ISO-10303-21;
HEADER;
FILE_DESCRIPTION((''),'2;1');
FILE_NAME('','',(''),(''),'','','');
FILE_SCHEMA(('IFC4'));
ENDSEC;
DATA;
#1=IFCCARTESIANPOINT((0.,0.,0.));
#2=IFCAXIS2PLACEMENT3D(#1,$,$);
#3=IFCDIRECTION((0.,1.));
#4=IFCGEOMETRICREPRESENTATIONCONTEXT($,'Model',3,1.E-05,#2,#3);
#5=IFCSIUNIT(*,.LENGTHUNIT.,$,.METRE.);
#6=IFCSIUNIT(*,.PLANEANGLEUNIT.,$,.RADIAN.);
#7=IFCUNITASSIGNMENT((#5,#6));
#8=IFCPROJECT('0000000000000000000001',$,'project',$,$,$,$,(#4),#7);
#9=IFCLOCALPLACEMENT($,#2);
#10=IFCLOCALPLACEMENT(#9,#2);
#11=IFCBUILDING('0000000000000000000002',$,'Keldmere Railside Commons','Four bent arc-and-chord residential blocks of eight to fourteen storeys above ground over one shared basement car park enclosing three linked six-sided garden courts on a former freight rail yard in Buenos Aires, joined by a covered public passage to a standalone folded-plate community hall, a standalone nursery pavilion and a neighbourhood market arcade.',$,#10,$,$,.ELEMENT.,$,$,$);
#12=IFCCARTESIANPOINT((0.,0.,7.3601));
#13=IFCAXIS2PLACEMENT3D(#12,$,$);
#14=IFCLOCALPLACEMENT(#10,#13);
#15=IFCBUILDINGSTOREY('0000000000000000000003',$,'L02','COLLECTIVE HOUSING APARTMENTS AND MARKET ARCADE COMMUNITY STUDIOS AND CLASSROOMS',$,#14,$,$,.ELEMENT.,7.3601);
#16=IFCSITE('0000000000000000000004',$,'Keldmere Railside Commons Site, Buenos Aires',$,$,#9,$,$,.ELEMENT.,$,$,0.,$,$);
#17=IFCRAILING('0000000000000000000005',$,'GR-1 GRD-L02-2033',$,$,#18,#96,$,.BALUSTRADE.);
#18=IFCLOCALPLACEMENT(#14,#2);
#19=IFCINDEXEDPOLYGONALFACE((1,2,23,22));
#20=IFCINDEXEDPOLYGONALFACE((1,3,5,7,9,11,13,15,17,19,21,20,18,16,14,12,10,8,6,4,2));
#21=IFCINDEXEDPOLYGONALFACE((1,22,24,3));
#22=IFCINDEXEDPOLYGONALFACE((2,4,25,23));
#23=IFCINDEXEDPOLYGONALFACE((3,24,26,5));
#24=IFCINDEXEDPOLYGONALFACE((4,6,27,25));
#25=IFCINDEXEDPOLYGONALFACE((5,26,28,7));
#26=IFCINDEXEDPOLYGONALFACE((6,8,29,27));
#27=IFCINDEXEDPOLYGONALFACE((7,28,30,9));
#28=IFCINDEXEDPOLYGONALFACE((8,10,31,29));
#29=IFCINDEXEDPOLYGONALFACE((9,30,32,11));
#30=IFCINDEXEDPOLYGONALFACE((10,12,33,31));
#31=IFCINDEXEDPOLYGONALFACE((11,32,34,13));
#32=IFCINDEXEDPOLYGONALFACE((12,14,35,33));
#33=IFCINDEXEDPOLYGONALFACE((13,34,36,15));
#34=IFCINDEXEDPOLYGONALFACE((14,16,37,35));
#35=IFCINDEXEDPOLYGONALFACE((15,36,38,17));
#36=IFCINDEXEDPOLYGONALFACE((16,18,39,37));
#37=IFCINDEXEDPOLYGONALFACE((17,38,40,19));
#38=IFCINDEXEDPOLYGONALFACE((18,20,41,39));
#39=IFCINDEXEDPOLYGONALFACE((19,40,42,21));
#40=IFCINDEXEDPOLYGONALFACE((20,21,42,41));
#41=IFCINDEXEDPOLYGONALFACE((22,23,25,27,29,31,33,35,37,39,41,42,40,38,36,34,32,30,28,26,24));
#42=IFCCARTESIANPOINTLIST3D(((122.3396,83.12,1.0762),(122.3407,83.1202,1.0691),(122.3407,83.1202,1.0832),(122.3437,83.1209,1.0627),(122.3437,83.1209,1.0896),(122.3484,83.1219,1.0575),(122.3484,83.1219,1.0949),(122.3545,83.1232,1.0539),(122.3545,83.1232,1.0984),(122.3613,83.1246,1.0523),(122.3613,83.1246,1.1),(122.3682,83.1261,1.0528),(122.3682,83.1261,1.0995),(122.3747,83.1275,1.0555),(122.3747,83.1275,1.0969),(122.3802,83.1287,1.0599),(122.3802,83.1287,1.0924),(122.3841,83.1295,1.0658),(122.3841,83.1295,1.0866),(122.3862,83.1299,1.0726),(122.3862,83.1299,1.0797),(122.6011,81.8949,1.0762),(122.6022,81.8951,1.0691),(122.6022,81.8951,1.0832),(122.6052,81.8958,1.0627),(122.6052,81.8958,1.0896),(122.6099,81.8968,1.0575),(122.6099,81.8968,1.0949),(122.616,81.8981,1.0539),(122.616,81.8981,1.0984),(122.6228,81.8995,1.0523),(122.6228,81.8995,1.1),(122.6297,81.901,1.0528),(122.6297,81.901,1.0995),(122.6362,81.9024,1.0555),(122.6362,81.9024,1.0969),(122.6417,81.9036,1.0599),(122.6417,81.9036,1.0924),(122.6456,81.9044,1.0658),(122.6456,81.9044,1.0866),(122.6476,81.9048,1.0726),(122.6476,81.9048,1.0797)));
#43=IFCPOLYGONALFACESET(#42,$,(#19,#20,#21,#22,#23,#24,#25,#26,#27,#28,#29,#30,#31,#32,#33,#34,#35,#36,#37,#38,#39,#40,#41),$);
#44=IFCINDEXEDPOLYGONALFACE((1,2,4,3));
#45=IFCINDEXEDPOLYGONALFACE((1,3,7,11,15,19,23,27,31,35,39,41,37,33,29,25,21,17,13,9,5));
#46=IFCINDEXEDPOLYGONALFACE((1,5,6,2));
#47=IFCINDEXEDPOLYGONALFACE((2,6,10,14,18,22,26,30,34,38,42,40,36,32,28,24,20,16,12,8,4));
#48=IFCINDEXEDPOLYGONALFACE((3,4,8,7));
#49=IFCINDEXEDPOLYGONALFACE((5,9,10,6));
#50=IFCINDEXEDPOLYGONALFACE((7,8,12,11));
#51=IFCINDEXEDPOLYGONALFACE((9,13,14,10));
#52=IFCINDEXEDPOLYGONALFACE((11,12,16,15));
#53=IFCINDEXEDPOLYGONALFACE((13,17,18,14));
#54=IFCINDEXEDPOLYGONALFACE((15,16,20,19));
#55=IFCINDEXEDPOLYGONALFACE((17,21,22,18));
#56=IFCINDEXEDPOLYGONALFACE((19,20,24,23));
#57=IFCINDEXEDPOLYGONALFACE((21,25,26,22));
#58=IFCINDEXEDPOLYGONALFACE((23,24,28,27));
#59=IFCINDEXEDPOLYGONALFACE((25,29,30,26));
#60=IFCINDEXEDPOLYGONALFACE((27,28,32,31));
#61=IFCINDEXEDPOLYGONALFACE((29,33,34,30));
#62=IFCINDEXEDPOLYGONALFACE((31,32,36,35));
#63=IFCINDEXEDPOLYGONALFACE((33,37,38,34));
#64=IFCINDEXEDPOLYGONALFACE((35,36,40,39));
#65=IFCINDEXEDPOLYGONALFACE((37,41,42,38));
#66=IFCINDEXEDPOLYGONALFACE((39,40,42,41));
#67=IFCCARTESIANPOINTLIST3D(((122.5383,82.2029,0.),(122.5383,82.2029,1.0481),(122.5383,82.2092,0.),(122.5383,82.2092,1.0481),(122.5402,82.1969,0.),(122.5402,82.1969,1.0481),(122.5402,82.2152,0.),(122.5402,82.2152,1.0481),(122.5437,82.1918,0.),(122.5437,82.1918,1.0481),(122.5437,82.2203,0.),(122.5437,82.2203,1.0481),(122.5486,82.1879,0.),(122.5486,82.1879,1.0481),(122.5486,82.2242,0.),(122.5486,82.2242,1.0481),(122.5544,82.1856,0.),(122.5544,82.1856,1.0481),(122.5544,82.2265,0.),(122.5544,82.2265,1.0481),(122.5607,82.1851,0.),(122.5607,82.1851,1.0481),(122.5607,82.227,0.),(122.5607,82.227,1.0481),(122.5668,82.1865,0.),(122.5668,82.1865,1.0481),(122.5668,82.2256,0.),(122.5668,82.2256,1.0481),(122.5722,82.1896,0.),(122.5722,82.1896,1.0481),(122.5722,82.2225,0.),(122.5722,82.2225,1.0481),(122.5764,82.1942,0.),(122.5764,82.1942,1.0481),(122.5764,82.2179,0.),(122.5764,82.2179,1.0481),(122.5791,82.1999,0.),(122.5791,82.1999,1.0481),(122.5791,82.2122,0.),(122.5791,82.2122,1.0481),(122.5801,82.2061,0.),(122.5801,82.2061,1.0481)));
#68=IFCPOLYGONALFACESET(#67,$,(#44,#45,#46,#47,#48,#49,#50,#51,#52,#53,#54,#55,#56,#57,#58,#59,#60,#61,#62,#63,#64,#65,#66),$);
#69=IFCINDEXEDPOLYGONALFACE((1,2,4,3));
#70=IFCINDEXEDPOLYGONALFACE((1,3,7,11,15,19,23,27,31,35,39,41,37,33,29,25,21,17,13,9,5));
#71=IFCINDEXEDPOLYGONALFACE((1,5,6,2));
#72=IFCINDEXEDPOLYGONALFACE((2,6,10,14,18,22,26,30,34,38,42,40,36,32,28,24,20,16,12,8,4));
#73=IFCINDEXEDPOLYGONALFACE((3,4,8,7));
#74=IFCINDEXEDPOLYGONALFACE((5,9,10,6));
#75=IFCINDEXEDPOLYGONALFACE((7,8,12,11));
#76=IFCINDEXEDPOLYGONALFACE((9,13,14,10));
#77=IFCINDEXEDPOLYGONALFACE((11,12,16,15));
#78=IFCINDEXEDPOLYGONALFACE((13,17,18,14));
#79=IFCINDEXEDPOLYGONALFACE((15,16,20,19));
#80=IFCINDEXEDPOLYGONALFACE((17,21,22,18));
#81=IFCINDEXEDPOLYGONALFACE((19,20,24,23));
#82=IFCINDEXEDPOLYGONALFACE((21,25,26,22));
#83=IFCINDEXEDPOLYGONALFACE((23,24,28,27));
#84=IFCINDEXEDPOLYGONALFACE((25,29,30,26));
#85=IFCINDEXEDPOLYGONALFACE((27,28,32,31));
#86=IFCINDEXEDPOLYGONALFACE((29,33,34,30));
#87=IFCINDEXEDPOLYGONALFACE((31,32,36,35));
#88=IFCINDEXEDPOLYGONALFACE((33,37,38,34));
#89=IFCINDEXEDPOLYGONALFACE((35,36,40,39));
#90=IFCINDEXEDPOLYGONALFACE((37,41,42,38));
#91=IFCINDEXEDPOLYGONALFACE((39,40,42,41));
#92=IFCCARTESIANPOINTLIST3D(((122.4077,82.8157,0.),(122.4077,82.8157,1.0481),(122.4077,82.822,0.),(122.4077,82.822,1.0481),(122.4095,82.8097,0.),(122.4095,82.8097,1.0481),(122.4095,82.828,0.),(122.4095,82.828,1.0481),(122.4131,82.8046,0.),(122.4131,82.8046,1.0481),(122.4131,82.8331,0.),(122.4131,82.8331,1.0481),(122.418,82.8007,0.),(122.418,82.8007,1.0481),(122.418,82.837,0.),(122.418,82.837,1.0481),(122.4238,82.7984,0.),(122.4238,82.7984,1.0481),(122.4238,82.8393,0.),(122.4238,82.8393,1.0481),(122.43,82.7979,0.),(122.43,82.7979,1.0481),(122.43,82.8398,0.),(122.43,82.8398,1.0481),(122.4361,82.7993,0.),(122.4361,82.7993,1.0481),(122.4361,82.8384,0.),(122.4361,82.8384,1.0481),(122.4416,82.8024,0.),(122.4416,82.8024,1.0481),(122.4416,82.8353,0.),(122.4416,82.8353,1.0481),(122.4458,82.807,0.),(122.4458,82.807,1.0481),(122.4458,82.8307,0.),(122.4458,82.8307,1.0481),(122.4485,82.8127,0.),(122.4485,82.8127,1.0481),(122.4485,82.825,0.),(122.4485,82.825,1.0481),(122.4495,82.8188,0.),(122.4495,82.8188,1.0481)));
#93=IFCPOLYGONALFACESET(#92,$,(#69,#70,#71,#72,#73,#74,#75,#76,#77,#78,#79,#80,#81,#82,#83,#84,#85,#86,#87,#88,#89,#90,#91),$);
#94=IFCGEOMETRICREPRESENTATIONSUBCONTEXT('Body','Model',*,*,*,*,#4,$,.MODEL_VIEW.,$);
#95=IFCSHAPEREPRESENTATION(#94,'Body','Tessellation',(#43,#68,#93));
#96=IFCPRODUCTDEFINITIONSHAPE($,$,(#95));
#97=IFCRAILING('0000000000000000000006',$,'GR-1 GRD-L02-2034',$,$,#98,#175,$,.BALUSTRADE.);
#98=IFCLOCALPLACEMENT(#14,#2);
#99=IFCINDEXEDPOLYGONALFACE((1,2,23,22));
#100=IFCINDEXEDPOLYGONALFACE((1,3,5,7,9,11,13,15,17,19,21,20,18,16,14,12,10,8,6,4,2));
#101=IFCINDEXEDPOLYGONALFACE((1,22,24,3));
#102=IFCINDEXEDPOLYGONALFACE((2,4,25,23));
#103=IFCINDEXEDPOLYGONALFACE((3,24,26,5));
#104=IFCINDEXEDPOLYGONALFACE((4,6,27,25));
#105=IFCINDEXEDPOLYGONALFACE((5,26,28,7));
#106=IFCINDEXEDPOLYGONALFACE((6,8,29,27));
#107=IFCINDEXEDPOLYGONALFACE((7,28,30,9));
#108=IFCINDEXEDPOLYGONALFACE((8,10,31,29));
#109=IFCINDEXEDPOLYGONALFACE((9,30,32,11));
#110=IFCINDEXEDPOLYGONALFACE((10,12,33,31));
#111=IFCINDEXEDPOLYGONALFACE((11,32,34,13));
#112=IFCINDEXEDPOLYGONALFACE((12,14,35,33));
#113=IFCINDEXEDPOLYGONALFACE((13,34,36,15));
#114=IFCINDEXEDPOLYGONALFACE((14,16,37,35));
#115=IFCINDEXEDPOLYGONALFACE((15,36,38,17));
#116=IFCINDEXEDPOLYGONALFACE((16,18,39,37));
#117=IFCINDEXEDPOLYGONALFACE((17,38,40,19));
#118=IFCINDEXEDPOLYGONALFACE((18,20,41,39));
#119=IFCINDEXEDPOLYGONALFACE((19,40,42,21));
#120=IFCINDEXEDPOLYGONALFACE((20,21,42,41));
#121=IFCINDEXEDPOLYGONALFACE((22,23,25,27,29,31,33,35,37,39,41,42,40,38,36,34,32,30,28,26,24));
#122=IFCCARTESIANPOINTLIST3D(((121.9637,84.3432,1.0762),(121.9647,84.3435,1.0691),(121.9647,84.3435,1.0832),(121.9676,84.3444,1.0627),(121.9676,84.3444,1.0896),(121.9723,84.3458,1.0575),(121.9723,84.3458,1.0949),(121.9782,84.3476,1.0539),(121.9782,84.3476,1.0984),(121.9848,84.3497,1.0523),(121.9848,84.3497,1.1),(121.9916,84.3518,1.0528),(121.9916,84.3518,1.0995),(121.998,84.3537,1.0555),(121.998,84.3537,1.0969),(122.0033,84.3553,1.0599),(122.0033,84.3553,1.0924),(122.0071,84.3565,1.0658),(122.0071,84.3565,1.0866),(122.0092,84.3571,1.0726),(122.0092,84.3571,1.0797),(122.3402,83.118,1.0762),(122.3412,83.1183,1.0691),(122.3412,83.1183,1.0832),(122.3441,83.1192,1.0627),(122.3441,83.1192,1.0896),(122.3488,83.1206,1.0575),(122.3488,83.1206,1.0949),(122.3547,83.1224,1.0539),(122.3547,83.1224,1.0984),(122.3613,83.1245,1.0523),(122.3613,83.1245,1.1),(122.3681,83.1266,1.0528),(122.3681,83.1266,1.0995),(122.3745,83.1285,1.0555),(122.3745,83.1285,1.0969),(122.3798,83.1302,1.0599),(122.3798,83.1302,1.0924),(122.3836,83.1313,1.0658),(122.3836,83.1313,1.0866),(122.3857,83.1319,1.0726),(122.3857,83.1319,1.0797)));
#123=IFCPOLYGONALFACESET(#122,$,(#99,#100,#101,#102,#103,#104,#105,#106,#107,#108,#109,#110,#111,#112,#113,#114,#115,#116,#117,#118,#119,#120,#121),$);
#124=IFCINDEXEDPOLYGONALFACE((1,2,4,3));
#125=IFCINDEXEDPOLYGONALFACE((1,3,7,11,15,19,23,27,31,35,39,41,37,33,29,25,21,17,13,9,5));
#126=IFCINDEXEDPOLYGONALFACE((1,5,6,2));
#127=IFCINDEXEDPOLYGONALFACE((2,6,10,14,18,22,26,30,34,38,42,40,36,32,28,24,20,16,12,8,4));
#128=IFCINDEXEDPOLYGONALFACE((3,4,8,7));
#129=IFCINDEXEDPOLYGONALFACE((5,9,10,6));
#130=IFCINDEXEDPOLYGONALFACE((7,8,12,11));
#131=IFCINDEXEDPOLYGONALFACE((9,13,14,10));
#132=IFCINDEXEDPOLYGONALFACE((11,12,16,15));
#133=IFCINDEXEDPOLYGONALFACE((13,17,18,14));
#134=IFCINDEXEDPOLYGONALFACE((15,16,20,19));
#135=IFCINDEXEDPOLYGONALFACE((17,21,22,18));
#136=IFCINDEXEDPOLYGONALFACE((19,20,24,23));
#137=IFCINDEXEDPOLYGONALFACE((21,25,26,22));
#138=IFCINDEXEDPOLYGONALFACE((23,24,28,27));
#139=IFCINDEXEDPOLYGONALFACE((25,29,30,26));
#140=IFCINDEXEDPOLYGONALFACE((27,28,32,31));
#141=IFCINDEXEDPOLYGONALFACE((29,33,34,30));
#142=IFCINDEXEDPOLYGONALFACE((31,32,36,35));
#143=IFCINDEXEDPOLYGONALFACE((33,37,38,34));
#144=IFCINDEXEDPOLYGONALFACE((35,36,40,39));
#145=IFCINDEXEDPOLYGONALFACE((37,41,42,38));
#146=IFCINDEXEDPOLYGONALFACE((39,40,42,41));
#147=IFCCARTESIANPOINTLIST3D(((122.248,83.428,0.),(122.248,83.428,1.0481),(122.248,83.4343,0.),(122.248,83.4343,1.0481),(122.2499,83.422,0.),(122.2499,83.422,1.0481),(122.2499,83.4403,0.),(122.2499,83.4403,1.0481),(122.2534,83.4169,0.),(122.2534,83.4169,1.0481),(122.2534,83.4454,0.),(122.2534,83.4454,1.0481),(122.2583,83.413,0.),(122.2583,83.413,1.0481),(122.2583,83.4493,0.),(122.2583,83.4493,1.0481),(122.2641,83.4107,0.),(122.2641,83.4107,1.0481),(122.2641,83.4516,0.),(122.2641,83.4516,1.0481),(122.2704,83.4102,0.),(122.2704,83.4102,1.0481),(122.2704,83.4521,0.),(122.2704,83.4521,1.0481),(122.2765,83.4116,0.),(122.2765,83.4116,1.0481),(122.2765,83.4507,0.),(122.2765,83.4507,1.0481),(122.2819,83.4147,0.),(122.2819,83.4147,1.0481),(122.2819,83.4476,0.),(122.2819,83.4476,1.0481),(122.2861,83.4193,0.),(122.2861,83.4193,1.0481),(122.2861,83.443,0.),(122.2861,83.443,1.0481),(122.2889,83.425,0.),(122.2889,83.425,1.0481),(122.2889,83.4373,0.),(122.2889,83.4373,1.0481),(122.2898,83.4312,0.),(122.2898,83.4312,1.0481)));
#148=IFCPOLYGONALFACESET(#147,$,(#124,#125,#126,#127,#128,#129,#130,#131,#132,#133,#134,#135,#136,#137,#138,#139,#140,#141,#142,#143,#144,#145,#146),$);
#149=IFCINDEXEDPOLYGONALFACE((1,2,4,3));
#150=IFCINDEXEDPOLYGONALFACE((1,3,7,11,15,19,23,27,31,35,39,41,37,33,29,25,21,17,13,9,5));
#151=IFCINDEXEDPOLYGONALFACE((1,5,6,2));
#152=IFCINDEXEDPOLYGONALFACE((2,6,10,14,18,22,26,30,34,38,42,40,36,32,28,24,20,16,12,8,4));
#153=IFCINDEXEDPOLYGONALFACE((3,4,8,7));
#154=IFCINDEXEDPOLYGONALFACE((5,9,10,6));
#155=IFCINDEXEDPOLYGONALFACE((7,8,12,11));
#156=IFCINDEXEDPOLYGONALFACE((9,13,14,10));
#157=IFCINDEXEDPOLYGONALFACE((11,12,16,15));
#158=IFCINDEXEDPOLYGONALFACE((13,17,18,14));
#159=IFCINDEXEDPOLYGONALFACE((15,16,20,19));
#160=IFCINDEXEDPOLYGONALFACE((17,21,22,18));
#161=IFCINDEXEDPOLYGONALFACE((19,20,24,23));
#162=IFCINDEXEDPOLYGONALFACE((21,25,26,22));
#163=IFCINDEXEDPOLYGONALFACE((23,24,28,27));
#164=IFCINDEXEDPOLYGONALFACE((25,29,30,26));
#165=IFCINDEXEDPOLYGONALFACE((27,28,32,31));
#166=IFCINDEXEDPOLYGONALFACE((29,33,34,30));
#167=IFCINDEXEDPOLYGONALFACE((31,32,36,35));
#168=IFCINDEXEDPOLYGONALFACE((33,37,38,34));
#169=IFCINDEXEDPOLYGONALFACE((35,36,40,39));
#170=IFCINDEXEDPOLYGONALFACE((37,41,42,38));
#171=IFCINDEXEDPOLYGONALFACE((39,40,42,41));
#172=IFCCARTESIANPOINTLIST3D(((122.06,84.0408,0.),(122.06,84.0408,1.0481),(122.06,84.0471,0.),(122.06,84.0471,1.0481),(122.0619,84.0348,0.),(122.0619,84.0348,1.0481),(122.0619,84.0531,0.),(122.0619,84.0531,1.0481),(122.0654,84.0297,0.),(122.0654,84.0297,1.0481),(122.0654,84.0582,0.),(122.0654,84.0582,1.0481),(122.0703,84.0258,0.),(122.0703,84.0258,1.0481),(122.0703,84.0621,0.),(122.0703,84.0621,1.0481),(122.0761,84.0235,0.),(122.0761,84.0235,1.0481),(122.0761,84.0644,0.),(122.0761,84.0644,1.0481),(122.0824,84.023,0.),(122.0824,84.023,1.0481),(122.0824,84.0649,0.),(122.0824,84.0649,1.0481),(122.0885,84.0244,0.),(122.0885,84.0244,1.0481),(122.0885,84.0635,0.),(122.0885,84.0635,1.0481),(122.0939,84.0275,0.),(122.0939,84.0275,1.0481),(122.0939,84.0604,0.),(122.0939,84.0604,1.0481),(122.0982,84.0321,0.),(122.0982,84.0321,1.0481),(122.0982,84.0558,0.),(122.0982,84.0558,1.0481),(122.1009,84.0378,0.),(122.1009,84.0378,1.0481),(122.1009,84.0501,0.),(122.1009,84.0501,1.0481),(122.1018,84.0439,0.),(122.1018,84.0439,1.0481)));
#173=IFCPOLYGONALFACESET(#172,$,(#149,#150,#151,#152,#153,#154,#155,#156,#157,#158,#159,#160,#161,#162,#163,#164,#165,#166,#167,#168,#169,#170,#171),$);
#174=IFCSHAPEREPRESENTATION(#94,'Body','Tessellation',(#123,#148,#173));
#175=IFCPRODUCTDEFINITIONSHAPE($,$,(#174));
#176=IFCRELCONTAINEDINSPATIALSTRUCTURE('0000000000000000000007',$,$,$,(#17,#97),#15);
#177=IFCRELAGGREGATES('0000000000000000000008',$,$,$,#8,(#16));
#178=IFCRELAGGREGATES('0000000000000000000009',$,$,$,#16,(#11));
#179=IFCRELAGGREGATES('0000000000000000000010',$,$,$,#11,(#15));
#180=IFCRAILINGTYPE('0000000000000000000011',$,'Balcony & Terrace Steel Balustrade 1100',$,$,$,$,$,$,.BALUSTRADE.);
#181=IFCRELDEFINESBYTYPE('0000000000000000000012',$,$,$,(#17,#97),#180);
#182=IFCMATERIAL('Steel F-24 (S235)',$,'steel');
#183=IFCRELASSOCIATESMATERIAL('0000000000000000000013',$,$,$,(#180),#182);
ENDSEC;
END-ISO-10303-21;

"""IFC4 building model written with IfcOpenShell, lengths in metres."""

from ifc_helpers import new_model, si_unit, direction, frame, origin, origin_2d, place, context, subcontext, project, spatial, circle, extrude, material, type_object, element, save


model = new_model("IFC4")

# Units and contexts
model_context = context("Model", 3, precision=1e-05, world=origin(), true_north=direction((0.0, 1.0)))
body_context = subcontext(model_context, "Body", "Model", "MODEL_VIEW")
ifc_project = project(units=[si_unit("LENGTHUNIT", "METRE"), si_unit("PLANEANGLEUNIT", "RADIAN")], contexts=[model_context])

# Site, building, storey
site_placement = place(None, origin())
site = spatial("IfcSite", under=ifc_project, at=site_placement, Name="Keldmere Railside Commons Site, Buenos Aires", CompositionType="ELEMENT", RefElevation=0.0)
building_placement = place(site_placement, origin())
building = spatial("IfcBuilding", under=site, at=building_placement, Name="Keldmere Railside Commons", Description="Four bent arc-and-chord residential blocks of eight to fourteen storeys above ground over one shared basement car park enclosing three linked six-sided garden courts on a former freight rail yard in Buenos Aires, joined by a covered public passage to a standalone folded-plate community hall, a standalone nursery pavilion and a neighbourhood market arcade.", CompositionType="ELEMENT")
storey_placement = place(building_placement, frame((0.0, 0.0, 7.3601)))
storey = spatial("IfcBuildingStorey", under=building, at=storey_placement, Name="L02", Description="COLLECTIVE HOUSING APARTMENTS AND MARKET ARCADE COMMUNITY STUDIOS AND CLASSROOMS", CompositionType="ELEMENT", Elevation=7.3601)

# Railings
ifc_material_1 = material(Name="Steel F-24 (S235)", Category="steel")
railing_type = type_object("IfcRailingType", Name="Balcony & Terrace Steel Balustrade 1100", PredefinedType="BALUSTRADE", material=ifc_material_1)
railing_1_placement = place(storey_placement, frame((122.6245, 81.8999, 0.0)))
element("IfcRailing", 1, at=railing_1_placement, inside=storey, type_object=railing_type, Name="GR-1 GRD-L02-2033", PredefinedType="BALUSTRADE", context=body_context, shape_type="SweptSolid", body=[
    extrude(circle(Radius=0.0239, at=origin_2d()), frame((0.0, 0.0, 1.0762), z_axis=(-0.20873, 0.977973, 0.0), x_axis=(-0.977973, -0.20873, 0.0)), (0.0, 0.0, 1.0), 1.2527),
    extrude(circle(Radius=0.021, at=origin_2d()), frame((-0.0654, 0.3062, 0.0)), (0.0, 0.0, 1.0), 1.0481),
    extrude(circle(Radius=0.021, at=origin_2d()), frame((-0.196, 0.9189, 0.0)), (0.0, 0.0, 1.0), 1.0481),
])
railing_2_placement = place(storey_placement, frame((122.363, 83.125, 0.0)))
element("IfcRailing", 2, at=railing_2_placement, inside=storey, type_object=railing_type, Name="GR-1 GRD-L02-2034", PredefinedType="BALUSTRADE", context=body_context, shape_type="SweptSolid", body=[
    extrude(circle(Radius=0.0239, at=origin_2d()), frame((0.0, 0.0, 1.0762), z_axis=(-0.293738, 0.955886, 0.0), x_axis=(-0.955886, -0.293738, 0.0)), (0.0, 0.0, 1.0), 1.2817),
    extrude(circle(Radius=0.021, at=origin_2d()), frame((-0.0942, 0.3062, 0.0)), (0.0, 0.0, 1.0), 1.0481),
    extrude(circle(Radius=0.021, at=origin_2d()), frame((-0.2822, 0.9189, 0.0)), (0.0, 0.0, 1.0), 1.0481),
])

save(model, "model.ifc")
